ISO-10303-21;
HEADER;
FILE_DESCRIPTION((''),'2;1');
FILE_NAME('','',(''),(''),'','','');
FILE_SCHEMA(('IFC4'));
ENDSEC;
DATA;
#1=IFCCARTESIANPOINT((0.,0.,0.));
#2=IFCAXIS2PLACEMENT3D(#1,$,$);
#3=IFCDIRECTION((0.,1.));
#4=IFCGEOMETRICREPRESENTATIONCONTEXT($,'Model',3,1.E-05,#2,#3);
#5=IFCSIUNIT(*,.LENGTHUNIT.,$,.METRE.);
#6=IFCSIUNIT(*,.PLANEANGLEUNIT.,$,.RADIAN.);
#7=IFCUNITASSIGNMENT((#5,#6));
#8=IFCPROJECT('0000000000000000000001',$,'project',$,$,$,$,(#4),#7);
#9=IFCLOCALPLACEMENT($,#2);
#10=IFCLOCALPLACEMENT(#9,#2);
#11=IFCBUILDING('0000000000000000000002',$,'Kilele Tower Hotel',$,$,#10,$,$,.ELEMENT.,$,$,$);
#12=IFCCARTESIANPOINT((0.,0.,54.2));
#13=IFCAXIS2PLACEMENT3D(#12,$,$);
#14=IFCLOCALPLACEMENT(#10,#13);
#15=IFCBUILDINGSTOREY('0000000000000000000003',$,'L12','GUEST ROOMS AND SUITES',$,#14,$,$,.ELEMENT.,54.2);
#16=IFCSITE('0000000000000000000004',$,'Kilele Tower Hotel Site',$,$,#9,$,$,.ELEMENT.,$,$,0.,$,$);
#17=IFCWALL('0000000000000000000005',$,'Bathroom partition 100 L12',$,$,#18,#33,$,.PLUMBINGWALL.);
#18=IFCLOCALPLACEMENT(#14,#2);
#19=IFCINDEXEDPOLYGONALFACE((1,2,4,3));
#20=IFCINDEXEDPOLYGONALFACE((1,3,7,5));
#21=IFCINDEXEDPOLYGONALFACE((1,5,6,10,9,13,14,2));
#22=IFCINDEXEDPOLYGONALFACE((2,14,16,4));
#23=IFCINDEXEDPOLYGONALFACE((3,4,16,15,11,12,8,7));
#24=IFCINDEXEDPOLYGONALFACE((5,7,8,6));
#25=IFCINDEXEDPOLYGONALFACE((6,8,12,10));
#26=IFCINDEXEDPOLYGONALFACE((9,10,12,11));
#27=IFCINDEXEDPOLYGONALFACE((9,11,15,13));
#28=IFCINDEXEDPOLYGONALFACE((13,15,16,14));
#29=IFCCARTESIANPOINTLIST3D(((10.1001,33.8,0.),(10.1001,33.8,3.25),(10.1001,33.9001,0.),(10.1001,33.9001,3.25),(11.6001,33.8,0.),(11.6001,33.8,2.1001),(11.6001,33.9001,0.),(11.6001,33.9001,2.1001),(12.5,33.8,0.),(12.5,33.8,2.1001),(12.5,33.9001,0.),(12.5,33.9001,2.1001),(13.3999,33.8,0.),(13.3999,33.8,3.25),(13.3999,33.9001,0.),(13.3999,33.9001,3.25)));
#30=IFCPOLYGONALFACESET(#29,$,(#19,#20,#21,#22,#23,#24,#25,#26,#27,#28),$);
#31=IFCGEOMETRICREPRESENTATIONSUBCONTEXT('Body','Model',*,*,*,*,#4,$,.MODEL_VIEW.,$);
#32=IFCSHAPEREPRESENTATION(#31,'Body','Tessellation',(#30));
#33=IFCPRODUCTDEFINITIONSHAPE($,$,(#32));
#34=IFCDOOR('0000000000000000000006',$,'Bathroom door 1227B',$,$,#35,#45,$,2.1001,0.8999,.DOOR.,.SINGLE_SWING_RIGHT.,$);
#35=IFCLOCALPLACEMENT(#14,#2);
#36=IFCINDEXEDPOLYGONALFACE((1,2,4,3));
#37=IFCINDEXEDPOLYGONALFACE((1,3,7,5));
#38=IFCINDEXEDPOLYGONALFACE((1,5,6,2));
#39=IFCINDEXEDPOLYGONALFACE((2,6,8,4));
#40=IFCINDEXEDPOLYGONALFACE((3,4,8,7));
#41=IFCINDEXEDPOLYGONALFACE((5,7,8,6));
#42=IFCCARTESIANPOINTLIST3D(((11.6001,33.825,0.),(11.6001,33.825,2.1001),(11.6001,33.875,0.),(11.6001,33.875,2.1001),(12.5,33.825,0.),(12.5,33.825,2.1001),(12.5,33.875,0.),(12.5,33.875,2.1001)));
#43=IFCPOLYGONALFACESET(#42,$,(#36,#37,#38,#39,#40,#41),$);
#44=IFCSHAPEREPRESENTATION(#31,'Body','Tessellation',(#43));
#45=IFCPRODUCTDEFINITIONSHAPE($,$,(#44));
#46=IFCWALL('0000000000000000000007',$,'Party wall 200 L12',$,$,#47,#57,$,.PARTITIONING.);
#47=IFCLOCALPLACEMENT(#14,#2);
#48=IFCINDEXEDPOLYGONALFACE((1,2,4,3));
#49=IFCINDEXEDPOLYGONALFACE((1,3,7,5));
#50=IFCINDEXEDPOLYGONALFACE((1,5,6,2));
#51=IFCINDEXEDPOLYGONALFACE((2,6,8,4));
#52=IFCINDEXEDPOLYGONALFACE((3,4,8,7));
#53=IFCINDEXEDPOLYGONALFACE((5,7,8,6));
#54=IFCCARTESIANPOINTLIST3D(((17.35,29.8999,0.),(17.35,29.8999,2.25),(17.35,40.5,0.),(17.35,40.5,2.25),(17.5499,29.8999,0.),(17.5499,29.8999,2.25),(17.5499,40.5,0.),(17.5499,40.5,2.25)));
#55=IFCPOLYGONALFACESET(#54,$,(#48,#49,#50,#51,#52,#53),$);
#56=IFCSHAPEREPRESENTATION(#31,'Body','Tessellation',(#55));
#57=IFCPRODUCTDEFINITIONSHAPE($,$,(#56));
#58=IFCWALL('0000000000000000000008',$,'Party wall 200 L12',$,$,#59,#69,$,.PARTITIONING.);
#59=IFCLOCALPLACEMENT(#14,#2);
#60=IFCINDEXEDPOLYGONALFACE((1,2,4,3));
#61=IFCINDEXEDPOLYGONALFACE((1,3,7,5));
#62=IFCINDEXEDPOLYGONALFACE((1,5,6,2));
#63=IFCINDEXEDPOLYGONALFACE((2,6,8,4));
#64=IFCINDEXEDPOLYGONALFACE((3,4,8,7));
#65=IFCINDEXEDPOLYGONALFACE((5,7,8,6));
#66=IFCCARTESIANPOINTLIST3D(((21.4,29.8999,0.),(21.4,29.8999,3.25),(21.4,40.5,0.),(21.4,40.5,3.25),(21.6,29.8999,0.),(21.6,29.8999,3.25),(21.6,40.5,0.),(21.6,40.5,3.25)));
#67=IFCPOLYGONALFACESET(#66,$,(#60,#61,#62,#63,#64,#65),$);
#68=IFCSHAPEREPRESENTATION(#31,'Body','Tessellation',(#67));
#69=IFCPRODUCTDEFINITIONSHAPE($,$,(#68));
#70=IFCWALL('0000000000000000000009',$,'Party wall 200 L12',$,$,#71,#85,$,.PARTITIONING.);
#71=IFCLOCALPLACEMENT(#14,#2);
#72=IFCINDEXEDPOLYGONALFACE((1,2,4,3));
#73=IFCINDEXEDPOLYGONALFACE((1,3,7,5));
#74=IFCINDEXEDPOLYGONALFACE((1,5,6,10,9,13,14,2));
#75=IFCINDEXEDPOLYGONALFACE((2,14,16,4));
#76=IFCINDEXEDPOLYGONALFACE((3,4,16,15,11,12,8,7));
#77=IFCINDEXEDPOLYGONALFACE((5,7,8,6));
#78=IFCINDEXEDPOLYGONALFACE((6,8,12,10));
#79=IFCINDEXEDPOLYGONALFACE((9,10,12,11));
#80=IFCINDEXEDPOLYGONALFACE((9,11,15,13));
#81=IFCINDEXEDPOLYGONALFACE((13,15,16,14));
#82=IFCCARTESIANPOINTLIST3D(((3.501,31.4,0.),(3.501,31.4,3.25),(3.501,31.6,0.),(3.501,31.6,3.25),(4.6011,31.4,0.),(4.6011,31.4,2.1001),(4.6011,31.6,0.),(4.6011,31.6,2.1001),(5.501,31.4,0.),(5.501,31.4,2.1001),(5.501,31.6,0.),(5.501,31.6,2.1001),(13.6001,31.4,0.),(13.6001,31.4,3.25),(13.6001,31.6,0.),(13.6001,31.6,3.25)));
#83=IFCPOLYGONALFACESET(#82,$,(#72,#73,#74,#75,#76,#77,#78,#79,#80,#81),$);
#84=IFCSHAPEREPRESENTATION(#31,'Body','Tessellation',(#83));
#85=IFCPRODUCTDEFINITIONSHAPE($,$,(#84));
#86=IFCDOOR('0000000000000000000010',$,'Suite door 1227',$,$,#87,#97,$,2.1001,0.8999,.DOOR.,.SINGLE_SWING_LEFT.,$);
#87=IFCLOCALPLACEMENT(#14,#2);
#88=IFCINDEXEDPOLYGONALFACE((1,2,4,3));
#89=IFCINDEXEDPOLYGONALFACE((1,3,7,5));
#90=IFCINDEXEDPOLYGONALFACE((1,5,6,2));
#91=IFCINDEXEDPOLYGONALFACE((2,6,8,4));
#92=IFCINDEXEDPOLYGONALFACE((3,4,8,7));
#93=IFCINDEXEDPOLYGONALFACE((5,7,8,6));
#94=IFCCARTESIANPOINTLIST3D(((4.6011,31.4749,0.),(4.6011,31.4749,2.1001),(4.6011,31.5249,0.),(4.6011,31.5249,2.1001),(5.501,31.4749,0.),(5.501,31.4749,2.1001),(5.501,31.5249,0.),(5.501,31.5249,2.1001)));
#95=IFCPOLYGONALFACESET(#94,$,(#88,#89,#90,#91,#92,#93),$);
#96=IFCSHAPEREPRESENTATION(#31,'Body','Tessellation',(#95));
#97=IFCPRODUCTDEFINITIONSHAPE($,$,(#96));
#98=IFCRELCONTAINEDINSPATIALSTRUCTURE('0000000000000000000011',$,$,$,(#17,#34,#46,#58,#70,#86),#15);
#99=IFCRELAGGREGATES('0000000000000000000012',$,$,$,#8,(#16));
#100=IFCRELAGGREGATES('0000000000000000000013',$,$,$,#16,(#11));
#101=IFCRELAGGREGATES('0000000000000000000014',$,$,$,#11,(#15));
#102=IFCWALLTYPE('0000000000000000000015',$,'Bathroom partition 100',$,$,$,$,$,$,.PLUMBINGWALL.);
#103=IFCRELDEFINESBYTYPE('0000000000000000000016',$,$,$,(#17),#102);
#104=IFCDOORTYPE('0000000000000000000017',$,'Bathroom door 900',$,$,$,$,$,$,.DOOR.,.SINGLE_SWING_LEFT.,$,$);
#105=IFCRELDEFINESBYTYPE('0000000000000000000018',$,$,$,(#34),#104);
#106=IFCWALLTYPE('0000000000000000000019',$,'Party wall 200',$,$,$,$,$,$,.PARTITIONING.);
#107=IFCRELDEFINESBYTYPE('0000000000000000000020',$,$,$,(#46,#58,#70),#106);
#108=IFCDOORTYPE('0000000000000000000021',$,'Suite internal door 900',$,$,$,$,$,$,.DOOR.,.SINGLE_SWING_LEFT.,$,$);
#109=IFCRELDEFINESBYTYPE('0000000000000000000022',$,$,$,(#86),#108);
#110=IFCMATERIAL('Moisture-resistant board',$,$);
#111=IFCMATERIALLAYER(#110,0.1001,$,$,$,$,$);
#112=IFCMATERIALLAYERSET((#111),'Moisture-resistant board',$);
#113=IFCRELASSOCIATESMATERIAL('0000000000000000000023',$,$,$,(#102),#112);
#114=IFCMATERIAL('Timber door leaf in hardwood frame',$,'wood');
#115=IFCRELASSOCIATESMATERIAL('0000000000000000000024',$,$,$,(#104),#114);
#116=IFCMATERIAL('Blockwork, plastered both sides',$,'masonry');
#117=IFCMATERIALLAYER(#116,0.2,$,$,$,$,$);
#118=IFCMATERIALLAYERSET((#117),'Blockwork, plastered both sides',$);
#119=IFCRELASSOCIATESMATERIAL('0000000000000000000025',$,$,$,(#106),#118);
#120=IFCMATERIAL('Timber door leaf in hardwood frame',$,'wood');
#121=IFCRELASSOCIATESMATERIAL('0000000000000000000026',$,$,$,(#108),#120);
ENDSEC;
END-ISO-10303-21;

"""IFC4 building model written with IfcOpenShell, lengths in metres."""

from ifc_helpers import new_model, si_unit, direction, frame, frame_2d, origin, place, context, subcontext, project, spatial, rectangle, extrude, material, layer, layer_set, type_object, element, fill, save


model = new_model("IFC4")

# Units and contexts
model_context = context("Model", 3, precision=1e-05, world=origin(), true_north=direction((0.0, 1.0)))
body_context = subcontext(model_context, "Body", "Model", "MODEL_VIEW")
ifc_project = project(units=[si_unit("LENGTHUNIT", "METRE"), si_unit("PLANEANGLEUNIT", "RADIAN")], contexts=[model_context])

# Site, building, storey
site_placement = place(None, origin())
site = spatial("IfcSite", under=ifc_project, at=site_placement, Name="Kilele Tower Hotel Site", CompositionType="ELEMENT", RefElevation=0.0)
building_placement = place(site_placement, origin())
building = spatial("IfcBuilding", under=site, at=building_placement, Name="Kilele Tower Hotel", CompositionType="ELEMENT")
storey_placement = place(building_placement, frame((0.0, 0.0, 54.2)))
storey = spatial("IfcBuildingStorey", under=building, at=storey_placement, Name="L12", Description="GUEST ROOMS AND SUITES", CompositionType="ELEMENT", Elevation=54.2)

# Shared definitions
ifc_material_1 = material(Name="Moisture-resistant board")
ifc_layer_1 = layer(ifc_material_1, 0.1001)
ifc_layer_set_1 = layer_set([ifc_layer_1], Name="Moisture-resistant board")
wall_type_1 = type_object("IfcWallType", Name="Bathroom partition 100", PredefinedType="PLUMBINGWALL", material=ifc_layer_set_1)

# Shared definitions
ifc_material_2 = material(Name="Timber door leaf in hardwood frame", Category="wood")
door_type_1 = type_object("IfcDoorType", Name="Bathroom door 900", OperationType="SINGLE_SWING_LEFT", PredefinedType="DOOR", material=ifc_material_2)

# Wall, opening, door
wall_1_placement = place(storey_placement, frame((13.3999, 33.8501, 0.0), z_axis=(0.0, 0.0, 1.0), x_axis=(-1.0, 0.0, 0.0)))
wall_1 = element("IfcWall", 1, at=wall_1_placement, inside=storey, type_object=wall_type_1, Name="Bathroom partition 100 L12", PredefinedType="PLUMBINGWALL", context=body_context, shape_type="SweptSolid", body=[
    extrude(rectangle(XDim=3.2998, YDim=0.1001, at=frame_2d((1.6499, 0.0))), origin(), (0.0, 0.0, 1.0), 3.25),
])
opening_1_placement = place(wall_1_placement, frame((1.7998, 0.0, 0.0), z_axis=(0.0, 0.0, 1.0), x_axis=(-1.0, 0.0, 0.0)))
opening_1 = element("IfcOpeningElement", 2, at=opening_1_placement, cuts=wall_1, PredefinedType="OPENING", context=body_context, shape_type="SweptSolid", body=[
    extrude(rectangle(XDim=0.8999, YDim=2.1001, at=frame_2d((0.45, 1.05))), frame((0.0, 0.0601, 0.0), z_axis=(0.0, -1.0, 0.0), x_axis=(1.0, 0.0, 0.0)), (0.0, 0.0, 1.0), 0.1201),
])
door_1_placement = place(opening_1_placement, origin())
door_1 = element("IfcDoor", 3, at=door_1_placement, inside=storey, type_object=door_type_1, Name="Bathroom door 1227B", OperationType="SINGLE_SWING_RIGHT", OverallHeight=2.1001, OverallWidth=0.8999, PredefinedType="DOOR", context=body_context, shape_type="SweptSolid", body=[
    extrude(rectangle(XDim=0.8999, YDim=2.1001, at=frame_2d((0.45, 1.05))), frame((0.0, 0.0249, 0.0), z_axis=(0.0, -1.0, 0.0), x_axis=(1.0, 0.0, 0.0)), (0.0, 0.0, 1.0), 0.05),
])
fill(opening_1, door_1)

# Walls
ifc_material_3 = material(Name="Blockwork, plastered both sides", Category="masonry")
ifc_layer_2 = layer(ifc_material_3, 0.2)
ifc_layer_set_2 = layer_set([ifc_layer_2], Name="Blockwork, plastered both sides")
wall_type_2 = type_object("IfcWallType", Name="Party wall 200", PredefinedType="PARTITIONING", material=ifc_layer_set_2)
wall_2_placement = place(storey_placement, frame((17.45, 29.8999, 0.0), z_axis=(0.0, 0.0, 1.0), x_axis=(0.0, 1.0, 0.0)))
element("IfcWall", 4, at=wall_2_placement, inside=storey, type_object=wall_type_2, Name="Party wall 200 L12", PredefinedType="PARTITIONING", context=body_context, shape_type="SweptSolid", body=[
    extrude(rectangle(XDim=10.6001, YDim=0.2, at=frame_2d((5.3, 0.0))), origin(), (0.0, 0.0, 1.0), 2.25),
])
wall_3_placement = place(storey_placement, frame((21.5, 29.8999, 0.0), z_axis=(0.0, 0.0, 1.0), x_axis=(0.0, 1.0, 0.0)))
element("IfcWall", 5, at=wall_3_placement, inside=storey, type_object=wall_type_2, Name="Party wall 200 L12", PredefinedType="PARTITIONING", context=body_context, shape_type="SweptSolid", body=[
    extrude(rectangle(XDim=10.6001, YDim=0.2, at=frame_2d((5.3, 0.0))), origin(), (0.0, 0.0, 1.0), 3.25),
])

# Wall, opening, door
wall_4_placement = place(storey_placement, frame((13.6001, 31.5, 0.0), z_axis=(0.0, 0.0, 1.0), x_axis=(-1.0, 0.0, 0.0)))
wall_4 = element("IfcWall", 6, at=wall_4_placement, inside=storey, type_object=wall_type_2, Name="Party wall 200 L12", PredefinedType="PARTITIONING", context=body_context, shape_type="SweptSolid", body=[
    extrude(rectangle(XDim=10.0991, YDim=0.2, at=frame_2d((5.0496, 0.0))), origin(), (0.0, 0.0, 1.0), 3.25),
])
opening_2_placement = place(wall_4_placement, frame((8.999, 0.0, 0.0), z_axis=(0.0, 0.0, 1.0), x_axis=(-1.0, 0.0, 0.0)))
opening_2 = element("IfcOpeningElement", 7, at=opening_2_placement, cuts=wall_4, PredefinedType="OPENING", context=body_context, shape_type="SweptSolid", body=[
    extrude(rectangle(XDim=0.8999, YDim=2.1001, at=frame_2d((0.45, 1.05))), frame((0.0, 0.1099, 0.0), z_axis=(0.0, -1.0, 0.0), x_axis=(1.0, 0.0, 0.0)), (0.0, 0.0, 1.0), 0.22),
])
ifc_material_4 = material(Name="Timber door leaf in hardwood frame", Category="wood")
door_type_2 = type_object("IfcDoorType", Name="Suite internal door 900", OperationType="SINGLE_SWING_LEFT", PredefinedType="DOOR", material=ifc_material_4)
door_2_placement = place(opening_2_placement, origin())
door_2 = element("IfcDoor", 8, at=door_2_placement, inside=storey, type_object=door_type_2, Name="Suite door 1227", OperationType="SINGLE_SWING_LEFT", OverallHeight=2.1001, OverallWidth=0.8999, PredefinedType="DOOR", context=body_context, shape_type="SweptSolid", body=[
    extrude(rectangle(XDim=0.8999, YDim=2.1001, at=frame_2d((0.45, 1.05))), frame((0.0, 0.0249, 0.0), z_axis=(0.0, -1.0, 0.0), x_axis=(1.0, 0.0, 0.0)), (0.0, 0.0, 1.0), 0.05),
])
fill(opening_2, door_2)

save(model, "model.ifc")
